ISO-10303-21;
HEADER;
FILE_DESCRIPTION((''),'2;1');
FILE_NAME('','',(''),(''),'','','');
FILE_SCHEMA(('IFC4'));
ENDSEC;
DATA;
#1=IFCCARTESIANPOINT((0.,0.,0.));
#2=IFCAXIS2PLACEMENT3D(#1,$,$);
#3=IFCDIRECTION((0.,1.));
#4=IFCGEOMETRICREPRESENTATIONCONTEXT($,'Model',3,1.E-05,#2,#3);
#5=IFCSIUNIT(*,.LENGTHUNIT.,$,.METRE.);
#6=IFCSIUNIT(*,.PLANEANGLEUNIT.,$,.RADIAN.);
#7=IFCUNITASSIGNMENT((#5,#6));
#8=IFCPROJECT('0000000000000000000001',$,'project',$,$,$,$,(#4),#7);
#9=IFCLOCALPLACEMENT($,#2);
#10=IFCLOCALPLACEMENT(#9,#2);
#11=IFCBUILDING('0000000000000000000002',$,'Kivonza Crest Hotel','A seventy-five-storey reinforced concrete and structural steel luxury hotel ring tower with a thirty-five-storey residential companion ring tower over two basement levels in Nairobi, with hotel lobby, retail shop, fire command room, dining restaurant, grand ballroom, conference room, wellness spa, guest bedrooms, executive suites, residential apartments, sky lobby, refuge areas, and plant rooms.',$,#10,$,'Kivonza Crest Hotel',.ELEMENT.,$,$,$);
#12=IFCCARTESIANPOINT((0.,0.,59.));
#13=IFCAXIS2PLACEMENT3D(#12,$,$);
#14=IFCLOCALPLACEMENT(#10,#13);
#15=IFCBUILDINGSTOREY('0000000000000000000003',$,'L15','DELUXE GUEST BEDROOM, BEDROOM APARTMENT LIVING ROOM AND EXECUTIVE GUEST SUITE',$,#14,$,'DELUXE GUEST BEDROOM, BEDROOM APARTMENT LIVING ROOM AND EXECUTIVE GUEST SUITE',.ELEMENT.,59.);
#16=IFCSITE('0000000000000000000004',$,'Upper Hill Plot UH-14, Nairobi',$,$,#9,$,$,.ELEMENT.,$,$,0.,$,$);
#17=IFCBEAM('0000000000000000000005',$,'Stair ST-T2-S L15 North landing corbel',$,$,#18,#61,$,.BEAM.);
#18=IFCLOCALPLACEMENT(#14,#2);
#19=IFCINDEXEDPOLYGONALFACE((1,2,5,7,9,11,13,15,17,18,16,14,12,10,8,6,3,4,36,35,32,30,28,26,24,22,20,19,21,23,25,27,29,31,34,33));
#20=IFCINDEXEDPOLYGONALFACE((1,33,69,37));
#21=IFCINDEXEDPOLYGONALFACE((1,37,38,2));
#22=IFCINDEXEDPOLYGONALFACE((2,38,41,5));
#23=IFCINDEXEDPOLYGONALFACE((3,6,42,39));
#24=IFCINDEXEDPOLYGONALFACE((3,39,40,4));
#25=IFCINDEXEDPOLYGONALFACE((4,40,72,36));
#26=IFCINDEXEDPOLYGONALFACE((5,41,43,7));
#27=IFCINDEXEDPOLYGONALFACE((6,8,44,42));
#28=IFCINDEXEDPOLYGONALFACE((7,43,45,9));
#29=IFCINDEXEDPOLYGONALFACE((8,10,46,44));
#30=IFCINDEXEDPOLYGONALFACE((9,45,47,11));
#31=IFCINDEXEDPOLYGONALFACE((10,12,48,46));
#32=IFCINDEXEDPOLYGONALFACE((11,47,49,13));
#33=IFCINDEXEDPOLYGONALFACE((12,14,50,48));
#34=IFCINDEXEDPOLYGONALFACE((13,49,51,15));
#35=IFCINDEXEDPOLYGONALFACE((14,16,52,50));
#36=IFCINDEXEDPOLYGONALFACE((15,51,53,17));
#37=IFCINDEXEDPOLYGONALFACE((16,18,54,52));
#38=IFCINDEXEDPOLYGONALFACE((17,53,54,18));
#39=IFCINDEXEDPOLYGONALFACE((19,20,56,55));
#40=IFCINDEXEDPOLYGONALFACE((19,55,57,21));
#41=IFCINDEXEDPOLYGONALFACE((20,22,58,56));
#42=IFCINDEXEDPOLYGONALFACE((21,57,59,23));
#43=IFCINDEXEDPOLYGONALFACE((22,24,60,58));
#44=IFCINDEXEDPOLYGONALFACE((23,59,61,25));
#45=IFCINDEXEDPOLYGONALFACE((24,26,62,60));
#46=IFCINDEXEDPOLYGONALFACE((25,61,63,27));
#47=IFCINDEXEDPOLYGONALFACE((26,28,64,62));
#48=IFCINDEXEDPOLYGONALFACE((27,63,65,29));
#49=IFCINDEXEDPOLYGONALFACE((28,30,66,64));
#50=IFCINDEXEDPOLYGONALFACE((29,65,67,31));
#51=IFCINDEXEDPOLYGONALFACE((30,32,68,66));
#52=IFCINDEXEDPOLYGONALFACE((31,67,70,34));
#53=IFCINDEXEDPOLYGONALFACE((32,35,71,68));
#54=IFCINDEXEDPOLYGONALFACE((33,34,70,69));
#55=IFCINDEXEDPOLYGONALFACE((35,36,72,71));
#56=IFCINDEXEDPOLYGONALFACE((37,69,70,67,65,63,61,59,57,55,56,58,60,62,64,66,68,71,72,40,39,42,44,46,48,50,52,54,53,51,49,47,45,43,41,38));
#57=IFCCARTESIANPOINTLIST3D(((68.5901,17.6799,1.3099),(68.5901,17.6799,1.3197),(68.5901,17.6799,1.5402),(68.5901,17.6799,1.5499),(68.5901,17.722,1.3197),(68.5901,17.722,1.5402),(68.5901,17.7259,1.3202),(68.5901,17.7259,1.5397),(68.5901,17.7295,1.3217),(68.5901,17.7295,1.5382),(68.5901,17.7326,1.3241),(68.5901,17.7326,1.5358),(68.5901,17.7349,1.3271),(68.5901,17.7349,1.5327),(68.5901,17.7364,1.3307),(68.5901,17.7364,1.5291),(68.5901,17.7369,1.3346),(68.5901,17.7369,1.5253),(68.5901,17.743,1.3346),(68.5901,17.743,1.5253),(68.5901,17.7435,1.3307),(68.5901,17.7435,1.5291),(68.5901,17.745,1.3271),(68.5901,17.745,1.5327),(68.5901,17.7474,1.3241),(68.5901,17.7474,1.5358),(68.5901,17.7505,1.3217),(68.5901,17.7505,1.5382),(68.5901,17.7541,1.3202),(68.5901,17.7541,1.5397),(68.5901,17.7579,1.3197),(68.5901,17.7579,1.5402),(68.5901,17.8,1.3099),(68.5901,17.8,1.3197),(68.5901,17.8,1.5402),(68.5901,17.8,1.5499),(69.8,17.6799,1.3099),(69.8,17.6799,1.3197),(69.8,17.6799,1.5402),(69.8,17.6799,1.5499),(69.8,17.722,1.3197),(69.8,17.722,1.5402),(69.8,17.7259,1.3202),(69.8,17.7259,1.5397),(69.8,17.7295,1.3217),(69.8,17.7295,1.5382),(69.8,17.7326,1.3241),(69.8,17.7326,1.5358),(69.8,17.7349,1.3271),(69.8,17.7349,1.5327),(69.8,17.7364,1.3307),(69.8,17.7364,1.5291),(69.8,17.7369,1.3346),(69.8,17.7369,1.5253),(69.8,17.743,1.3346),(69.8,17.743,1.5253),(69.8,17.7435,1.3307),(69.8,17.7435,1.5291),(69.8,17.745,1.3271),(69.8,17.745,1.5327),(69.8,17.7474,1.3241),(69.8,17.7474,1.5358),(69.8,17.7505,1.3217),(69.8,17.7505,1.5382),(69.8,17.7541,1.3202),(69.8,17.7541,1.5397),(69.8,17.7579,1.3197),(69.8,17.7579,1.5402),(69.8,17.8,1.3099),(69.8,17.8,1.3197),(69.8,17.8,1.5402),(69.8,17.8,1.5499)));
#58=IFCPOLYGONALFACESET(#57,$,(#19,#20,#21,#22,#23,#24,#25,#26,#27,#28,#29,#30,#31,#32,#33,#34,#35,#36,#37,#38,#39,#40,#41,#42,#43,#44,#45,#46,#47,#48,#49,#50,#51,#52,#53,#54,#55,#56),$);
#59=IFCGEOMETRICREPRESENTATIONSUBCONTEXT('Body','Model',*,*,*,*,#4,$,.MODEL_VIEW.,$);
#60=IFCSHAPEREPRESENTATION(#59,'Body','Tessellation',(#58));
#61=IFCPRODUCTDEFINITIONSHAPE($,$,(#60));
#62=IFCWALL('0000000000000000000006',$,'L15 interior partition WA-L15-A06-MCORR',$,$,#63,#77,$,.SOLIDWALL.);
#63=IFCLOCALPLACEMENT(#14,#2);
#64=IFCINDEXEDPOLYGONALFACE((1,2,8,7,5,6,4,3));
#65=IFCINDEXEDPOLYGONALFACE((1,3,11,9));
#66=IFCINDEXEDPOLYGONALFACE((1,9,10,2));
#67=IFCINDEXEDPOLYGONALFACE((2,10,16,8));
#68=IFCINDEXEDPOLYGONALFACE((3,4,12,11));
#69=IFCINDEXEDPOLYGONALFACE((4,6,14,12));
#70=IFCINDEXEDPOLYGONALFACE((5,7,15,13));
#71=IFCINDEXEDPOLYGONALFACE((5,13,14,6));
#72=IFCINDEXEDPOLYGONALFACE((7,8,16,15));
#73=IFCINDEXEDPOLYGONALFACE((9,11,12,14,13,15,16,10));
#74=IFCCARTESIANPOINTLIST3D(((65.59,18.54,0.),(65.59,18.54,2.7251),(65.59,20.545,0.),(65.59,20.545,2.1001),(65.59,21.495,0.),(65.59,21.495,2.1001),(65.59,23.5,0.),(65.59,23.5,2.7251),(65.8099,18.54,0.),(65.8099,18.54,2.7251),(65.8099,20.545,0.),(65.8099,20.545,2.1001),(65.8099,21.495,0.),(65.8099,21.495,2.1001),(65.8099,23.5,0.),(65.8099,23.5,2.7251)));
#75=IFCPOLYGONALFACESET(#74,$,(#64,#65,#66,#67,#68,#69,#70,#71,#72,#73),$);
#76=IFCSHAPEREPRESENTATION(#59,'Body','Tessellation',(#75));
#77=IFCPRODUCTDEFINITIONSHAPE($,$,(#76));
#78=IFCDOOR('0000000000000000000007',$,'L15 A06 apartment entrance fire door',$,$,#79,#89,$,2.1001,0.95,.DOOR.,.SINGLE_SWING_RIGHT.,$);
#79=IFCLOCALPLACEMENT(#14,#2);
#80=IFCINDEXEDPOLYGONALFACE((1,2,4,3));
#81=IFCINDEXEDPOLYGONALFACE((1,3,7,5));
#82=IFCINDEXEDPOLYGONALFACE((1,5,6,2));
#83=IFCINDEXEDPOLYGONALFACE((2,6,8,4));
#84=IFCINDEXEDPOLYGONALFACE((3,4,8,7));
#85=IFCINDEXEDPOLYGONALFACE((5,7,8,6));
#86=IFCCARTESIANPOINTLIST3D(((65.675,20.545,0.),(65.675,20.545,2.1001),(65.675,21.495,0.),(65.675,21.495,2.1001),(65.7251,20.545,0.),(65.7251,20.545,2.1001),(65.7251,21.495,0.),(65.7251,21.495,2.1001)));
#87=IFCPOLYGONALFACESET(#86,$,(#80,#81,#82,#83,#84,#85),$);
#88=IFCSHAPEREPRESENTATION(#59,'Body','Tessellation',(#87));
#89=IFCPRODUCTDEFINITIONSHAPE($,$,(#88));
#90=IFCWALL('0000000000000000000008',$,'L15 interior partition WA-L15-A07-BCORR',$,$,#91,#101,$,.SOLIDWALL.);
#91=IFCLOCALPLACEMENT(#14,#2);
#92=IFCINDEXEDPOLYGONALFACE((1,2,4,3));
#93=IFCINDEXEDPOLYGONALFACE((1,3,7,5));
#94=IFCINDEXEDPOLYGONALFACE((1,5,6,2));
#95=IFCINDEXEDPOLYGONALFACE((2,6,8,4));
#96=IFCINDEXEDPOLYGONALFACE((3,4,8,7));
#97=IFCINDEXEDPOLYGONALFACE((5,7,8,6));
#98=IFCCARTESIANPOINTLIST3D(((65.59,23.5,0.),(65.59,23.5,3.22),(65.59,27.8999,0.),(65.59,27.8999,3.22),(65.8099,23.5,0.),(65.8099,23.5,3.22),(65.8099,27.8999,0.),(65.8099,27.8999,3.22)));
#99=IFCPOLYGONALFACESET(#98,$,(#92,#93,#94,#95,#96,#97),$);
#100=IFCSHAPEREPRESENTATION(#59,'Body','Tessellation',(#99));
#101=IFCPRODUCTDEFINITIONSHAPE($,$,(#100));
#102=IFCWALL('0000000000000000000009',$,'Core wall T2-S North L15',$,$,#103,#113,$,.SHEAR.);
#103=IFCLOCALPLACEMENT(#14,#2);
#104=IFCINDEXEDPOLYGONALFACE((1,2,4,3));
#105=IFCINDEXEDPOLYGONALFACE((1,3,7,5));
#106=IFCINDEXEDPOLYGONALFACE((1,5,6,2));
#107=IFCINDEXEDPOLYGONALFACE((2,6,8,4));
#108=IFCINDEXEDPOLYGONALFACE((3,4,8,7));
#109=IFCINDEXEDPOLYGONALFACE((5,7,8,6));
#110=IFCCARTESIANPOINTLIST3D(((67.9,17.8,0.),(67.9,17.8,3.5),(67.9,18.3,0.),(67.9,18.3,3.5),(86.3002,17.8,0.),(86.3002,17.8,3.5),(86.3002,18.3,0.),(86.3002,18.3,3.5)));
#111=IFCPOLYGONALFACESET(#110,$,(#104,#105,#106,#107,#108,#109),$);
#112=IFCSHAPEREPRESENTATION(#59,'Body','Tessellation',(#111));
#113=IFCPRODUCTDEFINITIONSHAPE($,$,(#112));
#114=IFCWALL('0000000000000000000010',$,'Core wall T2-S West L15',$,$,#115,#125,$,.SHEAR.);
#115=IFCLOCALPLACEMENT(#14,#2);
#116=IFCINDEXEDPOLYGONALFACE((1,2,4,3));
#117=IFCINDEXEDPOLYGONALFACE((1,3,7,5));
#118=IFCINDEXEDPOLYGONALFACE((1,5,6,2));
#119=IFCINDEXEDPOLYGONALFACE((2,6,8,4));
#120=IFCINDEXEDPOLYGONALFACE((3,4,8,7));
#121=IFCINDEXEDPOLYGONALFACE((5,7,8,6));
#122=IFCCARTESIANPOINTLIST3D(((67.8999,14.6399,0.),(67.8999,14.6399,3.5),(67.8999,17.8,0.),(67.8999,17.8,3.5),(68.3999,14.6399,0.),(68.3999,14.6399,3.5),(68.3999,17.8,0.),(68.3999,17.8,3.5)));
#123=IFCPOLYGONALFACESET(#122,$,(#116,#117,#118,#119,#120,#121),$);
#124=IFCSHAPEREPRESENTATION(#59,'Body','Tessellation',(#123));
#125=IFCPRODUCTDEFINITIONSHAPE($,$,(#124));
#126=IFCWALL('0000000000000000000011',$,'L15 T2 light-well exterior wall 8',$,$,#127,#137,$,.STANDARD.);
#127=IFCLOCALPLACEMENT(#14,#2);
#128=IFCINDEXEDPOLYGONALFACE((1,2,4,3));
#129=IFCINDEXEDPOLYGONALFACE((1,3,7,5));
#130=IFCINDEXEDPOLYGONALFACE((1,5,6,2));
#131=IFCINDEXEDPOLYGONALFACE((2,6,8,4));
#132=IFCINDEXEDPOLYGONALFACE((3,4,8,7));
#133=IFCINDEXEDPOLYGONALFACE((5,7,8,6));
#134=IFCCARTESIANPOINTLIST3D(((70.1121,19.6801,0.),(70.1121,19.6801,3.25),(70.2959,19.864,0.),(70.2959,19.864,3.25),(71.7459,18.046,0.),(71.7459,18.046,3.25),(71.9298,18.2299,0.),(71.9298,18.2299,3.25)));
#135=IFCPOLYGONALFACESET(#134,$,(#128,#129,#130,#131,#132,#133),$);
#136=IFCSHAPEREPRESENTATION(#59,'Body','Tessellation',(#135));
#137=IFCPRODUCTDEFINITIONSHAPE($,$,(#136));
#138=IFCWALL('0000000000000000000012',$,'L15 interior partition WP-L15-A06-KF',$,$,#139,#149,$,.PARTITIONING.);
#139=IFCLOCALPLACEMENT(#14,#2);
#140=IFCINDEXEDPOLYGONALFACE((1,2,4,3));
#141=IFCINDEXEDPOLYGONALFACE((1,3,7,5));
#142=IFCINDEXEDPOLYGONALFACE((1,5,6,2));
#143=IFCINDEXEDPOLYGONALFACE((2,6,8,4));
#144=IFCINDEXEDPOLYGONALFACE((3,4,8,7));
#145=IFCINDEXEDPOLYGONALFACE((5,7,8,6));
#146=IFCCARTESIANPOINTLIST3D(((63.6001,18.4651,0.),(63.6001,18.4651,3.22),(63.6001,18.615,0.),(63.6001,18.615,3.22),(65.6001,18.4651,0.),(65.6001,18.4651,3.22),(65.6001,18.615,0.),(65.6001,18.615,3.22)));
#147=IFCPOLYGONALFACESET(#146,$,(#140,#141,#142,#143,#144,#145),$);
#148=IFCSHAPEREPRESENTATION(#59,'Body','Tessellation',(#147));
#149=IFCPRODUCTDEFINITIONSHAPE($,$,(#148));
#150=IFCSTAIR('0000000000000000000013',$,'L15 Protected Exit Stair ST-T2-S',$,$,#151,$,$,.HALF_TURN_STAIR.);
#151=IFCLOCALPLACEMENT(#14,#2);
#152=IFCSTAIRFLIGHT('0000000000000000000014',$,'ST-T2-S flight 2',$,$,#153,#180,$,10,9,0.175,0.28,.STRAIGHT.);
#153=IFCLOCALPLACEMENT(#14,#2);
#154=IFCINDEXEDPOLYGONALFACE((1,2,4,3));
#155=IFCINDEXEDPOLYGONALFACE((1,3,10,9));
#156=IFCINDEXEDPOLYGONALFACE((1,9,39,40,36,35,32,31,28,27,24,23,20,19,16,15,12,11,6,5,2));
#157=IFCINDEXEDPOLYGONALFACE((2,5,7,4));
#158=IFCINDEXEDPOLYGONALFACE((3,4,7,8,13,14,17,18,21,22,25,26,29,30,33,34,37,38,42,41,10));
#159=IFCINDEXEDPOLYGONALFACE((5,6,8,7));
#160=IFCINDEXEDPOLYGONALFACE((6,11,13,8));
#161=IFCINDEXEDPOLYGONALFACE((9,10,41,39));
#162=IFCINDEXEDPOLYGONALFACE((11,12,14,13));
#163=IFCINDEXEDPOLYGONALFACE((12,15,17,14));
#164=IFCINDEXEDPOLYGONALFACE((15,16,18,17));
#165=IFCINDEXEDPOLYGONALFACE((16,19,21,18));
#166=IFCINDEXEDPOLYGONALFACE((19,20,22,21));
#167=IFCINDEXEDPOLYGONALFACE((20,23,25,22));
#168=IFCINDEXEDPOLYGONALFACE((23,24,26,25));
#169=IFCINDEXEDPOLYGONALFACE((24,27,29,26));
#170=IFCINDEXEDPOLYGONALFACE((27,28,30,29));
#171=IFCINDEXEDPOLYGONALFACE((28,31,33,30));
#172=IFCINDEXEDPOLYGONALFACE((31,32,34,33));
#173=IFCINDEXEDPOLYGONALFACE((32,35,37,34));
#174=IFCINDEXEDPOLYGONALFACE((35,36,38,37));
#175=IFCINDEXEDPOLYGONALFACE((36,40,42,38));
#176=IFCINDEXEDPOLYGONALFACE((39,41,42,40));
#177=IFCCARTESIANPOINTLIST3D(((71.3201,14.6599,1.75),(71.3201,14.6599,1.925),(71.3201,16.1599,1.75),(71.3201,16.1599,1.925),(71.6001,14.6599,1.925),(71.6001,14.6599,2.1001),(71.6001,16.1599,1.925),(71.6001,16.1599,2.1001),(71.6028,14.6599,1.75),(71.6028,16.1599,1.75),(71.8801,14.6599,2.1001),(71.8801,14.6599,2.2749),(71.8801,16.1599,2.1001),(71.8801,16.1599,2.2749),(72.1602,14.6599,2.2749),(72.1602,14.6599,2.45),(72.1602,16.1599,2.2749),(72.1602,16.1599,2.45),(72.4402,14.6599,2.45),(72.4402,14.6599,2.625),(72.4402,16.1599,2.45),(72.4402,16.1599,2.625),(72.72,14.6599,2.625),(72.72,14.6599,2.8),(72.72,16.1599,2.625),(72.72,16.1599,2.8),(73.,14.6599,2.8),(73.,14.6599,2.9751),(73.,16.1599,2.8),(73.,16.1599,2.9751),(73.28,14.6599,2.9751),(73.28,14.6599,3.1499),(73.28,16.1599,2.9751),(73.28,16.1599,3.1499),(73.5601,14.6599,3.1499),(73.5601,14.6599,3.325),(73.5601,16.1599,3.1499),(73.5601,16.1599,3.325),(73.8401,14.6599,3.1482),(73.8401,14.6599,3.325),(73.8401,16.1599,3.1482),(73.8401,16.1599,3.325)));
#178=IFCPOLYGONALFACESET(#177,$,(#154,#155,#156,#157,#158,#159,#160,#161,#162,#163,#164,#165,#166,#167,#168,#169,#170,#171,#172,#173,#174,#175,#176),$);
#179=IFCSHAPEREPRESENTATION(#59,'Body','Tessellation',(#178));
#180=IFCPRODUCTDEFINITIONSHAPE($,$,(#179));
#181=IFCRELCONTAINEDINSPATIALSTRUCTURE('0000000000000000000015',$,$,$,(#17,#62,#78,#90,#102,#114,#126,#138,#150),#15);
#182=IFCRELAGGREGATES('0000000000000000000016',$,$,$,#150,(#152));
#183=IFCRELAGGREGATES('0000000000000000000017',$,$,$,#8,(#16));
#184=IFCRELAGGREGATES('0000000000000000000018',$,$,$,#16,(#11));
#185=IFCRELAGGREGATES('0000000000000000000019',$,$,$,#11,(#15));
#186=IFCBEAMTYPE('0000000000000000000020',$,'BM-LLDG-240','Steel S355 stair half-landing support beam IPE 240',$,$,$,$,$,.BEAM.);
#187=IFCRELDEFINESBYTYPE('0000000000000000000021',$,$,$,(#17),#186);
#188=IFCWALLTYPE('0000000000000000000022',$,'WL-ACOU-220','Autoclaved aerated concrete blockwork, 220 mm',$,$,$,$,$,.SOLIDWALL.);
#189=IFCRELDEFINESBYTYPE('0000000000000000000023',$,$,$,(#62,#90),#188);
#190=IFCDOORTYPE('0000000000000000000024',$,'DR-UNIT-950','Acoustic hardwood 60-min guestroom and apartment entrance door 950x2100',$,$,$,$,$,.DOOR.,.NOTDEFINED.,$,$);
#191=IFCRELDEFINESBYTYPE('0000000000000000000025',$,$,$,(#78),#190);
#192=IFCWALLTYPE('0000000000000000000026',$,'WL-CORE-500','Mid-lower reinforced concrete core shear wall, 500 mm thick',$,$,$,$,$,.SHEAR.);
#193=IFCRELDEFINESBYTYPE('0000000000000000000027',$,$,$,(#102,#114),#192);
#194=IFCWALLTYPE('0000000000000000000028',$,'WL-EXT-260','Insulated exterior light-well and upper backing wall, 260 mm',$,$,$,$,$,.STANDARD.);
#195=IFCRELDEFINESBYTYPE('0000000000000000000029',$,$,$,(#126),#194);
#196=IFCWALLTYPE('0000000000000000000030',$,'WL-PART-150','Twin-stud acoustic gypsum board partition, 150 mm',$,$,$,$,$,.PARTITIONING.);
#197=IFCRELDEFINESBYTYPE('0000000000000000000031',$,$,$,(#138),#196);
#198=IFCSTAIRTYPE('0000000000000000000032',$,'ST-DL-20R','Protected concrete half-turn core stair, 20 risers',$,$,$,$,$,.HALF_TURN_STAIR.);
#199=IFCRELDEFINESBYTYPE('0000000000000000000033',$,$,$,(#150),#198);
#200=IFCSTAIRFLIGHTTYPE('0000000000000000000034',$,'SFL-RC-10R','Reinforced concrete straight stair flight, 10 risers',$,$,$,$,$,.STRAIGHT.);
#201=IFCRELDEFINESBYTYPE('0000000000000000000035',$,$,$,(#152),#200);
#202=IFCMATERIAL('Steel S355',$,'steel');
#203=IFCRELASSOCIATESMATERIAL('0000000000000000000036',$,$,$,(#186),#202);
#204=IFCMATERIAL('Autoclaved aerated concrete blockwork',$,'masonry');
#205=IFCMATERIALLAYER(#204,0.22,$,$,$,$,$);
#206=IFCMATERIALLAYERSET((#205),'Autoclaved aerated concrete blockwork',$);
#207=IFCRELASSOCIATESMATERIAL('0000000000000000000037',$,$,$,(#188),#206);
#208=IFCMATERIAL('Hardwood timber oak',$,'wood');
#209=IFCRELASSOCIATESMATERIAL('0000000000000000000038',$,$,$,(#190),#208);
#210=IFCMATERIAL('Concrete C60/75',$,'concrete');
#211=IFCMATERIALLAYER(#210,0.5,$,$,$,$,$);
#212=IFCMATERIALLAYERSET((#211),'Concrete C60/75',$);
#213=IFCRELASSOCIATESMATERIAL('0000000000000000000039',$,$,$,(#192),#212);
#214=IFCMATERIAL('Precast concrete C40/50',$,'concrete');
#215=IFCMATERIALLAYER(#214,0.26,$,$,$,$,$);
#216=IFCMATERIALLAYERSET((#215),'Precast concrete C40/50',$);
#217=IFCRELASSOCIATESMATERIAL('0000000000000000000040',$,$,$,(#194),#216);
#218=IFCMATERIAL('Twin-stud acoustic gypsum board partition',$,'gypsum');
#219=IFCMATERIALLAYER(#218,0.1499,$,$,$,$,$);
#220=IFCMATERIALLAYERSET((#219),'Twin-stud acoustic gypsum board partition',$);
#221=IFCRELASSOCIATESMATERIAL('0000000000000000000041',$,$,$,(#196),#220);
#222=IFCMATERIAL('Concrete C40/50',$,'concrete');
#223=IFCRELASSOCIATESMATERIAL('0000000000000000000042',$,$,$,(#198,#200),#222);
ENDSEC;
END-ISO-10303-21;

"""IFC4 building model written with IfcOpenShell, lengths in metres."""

from ifc_helpers import new_model, si_unit, direction, frame, frame_2d, origin, origin_2d, place, context, subcontext, project, spatial, polyline, rectangle, i_section, outline, extrude, material, layer, layer_set, material_profile, profile_set, type_object, element, fill, aggregate, save


model = new_model("IFC4")

# Units and contexts
model_context = context("Model", 3, precision=1e-05, world=origin(), true_north=direction((0.0, 1.0)))
body_context = subcontext(model_context, "Body", "Model", "MODEL_VIEW")
ifc_project = project(units=[si_unit("LENGTHUNIT", "METRE"), si_unit("PLANEANGLEUNIT", "RADIAN")], contexts=[model_context])

# Site, building, storey
site_placement = place(None, origin())
site = spatial("IfcSite", under=ifc_project, at=site_placement, Name="Upper Hill Plot UH-14, Nairobi", CompositionType="ELEMENT", RefElevation=0.0)
building_placement = place(site_placement, origin())
building = spatial("IfcBuilding", under=site, at=building_placement, Name="Kivonza Crest Hotel", Description="A seventy-five-storey reinforced concrete and structural steel luxury hotel ring tower with a thirty-five-storey residential companion ring tower over two basement levels in Nairobi, with hotel lobby, retail shop, fire command room, dining restaurant, grand ballroom, conference room, wellness spa, guest bedrooms, executive suites, residential apartments, sky lobby, refuge areas, and plant rooms.", LongName="Kivonza Crest Hotel", CompositionType="ELEMENT")
storey_placement = place(building_placement, frame((0.0, 0.0, 59.0)))
storey = spatial("IfcBuildingStorey", under=building, at=storey_placement, Name="L15", Description="DELUXE GUEST BEDROOM, BEDROOM APARTMENT LIVING ROOM AND EXECUTIVE GUEST SUITE", LongName="DELUXE GUEST BEDROOM, BEDROOM APARTMENT LIVING ROOM AND EXECUTIVE GUEST SUITE", CompositionType="ELEMENT", Elevation=59.0)

# Beam
ifc_material_1 = material(Name="Steel S355", Category="steel")
ifc_material_profile_1 = material_profile(ifc_material_1, i_section(OverallWidth=0.1201, OverallDepth=0.24, WebThickness=0.0061, FlangeThickness=0.0098, FilletRadius=0.0149, at=origin_2d()), Name="IPE 240")
ifc_profile_set_1 = profile_set([ifc_material_profile_1], Name="Steel S355")
beam_type_1 = type_object("IfcBeamType", Name="BM-LLDG-240", Description="Steel S355 stair half-landing support beam IPE 240", PredefinedType="BEAM", material=ifc_profile_set_1)
for number, where, z_axis, x_axis, name in (
    (1, (68.5901, 17.74, 1.4299), (1.0, 0.0, 0.0), (0.0, 1.0, 0.0), "Stair ST-T2-S L15 North landing corbel"),
):
    element("IfcBeam", number, at=place(storey_placement, frame(where, z_axis=z_axis, x_axis=x_axis)), inside=storey, type_object=beam_type_1, Name=name, PredefinedType="BEAM", context=body_context, shape_type="SweptSolid", body=[
        extrude(i_section(OverallWidth=0.1201, OverallDepth=0.24, WebThickness=0.0061, FlangeThickness=0.0098, FilletRadius=0.0149, at=origin_2d()), origin(), (0.0, 0.0, 1.0), 1.21),
    ])

# Wall, opening, door
ifc_material_2 = material(Name="Autoclaved aerated concrete blockwork", Category="masonry")
ifc_layer_1 = layer(ifc_material_2, 0.22)
ifc_layer_set_1 = layer_set([ifc_layer_1], Name="Autoclaved aerated concrete blockwork")
wall_type_1 = type_object("IfcWallType", Name="WL-ACOU-220", Description="Autoclaved aerated concrete blockwork, 220 mm", PredefinedType="SOLIDWALL", material=ifc_layer_set_1)
wall_1_placement = place(storey_placement, frame((65.7, 18.54, 0.0), z_axis=(0.0, 0.0, 1.0), x_axis=(0.0, 1.0, 0.0)))
wall_1 = element("IfcWall", 2, at=wall_1_placement, inside=storey, type_object=wall_type_1, Name="L15 interior partition WA-L15-A06-MCORR", PredefinedType="SOLIDWALL", context=body_context, shape_type="SweptSolid", body=[
    extrude(rectangle(XDim=4.96, YDim=0.22, at=frame_2d((2.48, 0.0))), origin(), (0.0, 0.0, 1.0), 2.7251),
])
opening_1_placement = place(wall_1_placement, frame((2.0049, 0.0, 0.0)))
opening_1 = element("IfcOpeningElement", 3, at=opening_1_placement, cuts=wall_1, PredefinedType="OPENING", context=body_context, shape_type="SweptSolid", body=[
    extrude(rectangle(XDim=0.95, YDim=2.1001, at=frame_2d((0.4751, 1.05))), frame((0.0, 0.1201, 0.0), z_axis=(0.0, -1.0, 0.0), x_axis=(1.0, 0.0, 0.0)), (0.0, 0.0, 1.0), 0.24),
])
ifc_material_3 = material(Name="Hardwood timber oak", Category="wood")
door_type_1 = type_object("IfcDoorType", Name="DR-UNIT-950", Description="Acoustic hardwood 60-min guestroom and apartment entrance door 950x2100", OperationType="NOTDEFINED", PredefinedType="DOOR", material=ifc_material_3)
door_1_placement = place(opening_1_placement, origin())
door_1 = element("IfcDoor", 4, at=door_1_placement, inside=storey, type_object=door_type_1, Name="L15 A06 apartment entrance fire door", OperationType="SINGLE_SWING_RIGHT", OverallHeight=2.1001, OverallWidth=0.95, PredefinedType="DOOR", context=body_context, shape_type="SweptSolid", body=[
    extrude(rectangle(XDim=0.95, YDim=2.1001, at=frame_2d((0.4751, 1.05))), frame((0.0, 0.0249, 0.0), z_axis=(0.0, -1.0, 0.0), x_axis=(1.0, 0.0, 0.0)), (0.0, 0.0, 1.0), 0.05),
])
fill(opening_1, door_1)

# Wall
wall_2_placement = place(storey_placement, frame((65.7, 23.5, 0.0), z_axis=(0.0, 0.0, 1.0), x_axis=(0.0, 1.0, 0.0)))
element("IfcWall", 5, at=wall_2_placement, inside=storey, type_object=wall_type_1, Name="L15 interior partition WA-L15-A07-BCORR", PredefinedType="SOLIDWALL", context=body_context, shape_type="SweptSolid", body=[
    extrude(rectangle(XDim=4.3999, YDim=0.22, at=frame_2d((2.2, 0.0))), origin(), (0.0, 0.0, 1.0), 3.22),
])

# Shared definitions
ifc_material_4 = material(Name="Concrete C60/75", Category="concrete")
ifc_layer_2 = layer(ifc_material_4, 0.5)
ifc_layer_set_2 = layer_set([ifc_layer_2], Name="Concrete C60/75")
wall_type_2 = type_object("IfcWallType", Name="WL-CORE-500", Description="Mid-lower reinforced concrete core shear wall, 500 mm thick", PredefinedType="SHEAR", material=ifc_layer_set_2)

# Walls
wall_3_placement = place(storey_placement, frame((67.8999, 18.05, 0.0), z_axis=(0.0, 0.0, 1.0), x_axis=(1.0, 0.0, 0.0)))
element("IfcWall", 6, at=wall_3_placement, inside=storey, type_object=wall_type_2, Name="Core wall T2-S North L15", PredefinedType="SHEAR", context=body_context, shape_type="SweptSolid", body=[
    extrude(rectangle(XDim=18.4001, YDim=0.5, at=frame_2d((9.2002, 0.0))), origin(), (0.0, 0.0, 1.0), 3.5),
])
wall_4_placement = place(storey_placement, frame((68.1499, 14.6399, 0.0), z_axis=(0.0, 0.0, 1.0), x_axis=(0.0, 1.0, 0.0)))
element("IfcWall", 7, at=wall_4_placement, inside=storey, type_object=wall_type_2, Name="Core wall T2-S West L15", PredefinedType="SHEAR", context=body_context, shape_type="SweptSolid", body=[
    extrude(rectangle(XDim=3.1602, YDim=0.5, at=frame_2d((1.5801, 0.0))), origin(), (0.0, 0.0, 1.0), 3.5),
])
ifc_material_5 = material(Name="Precast concrete C40/50", Category="concrete")
ifc_layer_3 = layer(ifc_material_5, 0.26)
ifc_layer_set_3 = layer_set([ifc_layer_3], Name="Precast concrete C40/50")
wall_type_3 = type_object("IfcWallType", Name="WL-EXT-260", Description="Insulated exterior light-well and upper backing wall, 260 mm", PredefinedType="STANDARD", material=ifc_layer_set_3)
wall_5_placement = place(storey_placement, frame((70.2041, 19.772, 0.0), z_axis=(0.0, 0.0, 1.0), x_axis=(0.707054, -0.70716, 0.0)))
element("IfcWall", 8, at=wall_5_placement, inside=storey, type_object=wall_type_3, Name="L15 T2 light-well exterior wall 8", PredefinedType="STANDARD", context=body_context, shape_type="SweptSolid", body=[
    extrude(rectangle(XDim=2.3108, YDim=0.26, at=frame_2d((1.1553, 0.0))), origin(), (0.0, 0.0, 1.0), 3.25),
])
ifc_material_6 = material(Name="Twin-stud acoustic gypsum board partition", Category="gypsum")
ifc_layer_4 = layer(ifc_material_6, 0.1499)
ifc_layer_set_4 = layer_set([ifc_layer_4], Name="Twin-stud acoustic gypsum board partition")
wall_type_4 = type_object("IfcWallType", Name="WL-PART-150", Description="Twin-stud acoustic gypsum board partition, 150 mm", PredefinedType="PARTITIONING", material=ifc_layer_set_4)
wall_6_placement = place(storey_placement, frame((63.6001, 18.54, 0.0), z_axis=(0.0, 0.0, 1.0), x_axis=(1.0, 0.0, 0.0)))
element("IfcWall", 9, at=wall_6_placement, inside=storey, type_object=wall_type_4, Name="L15 interior partition WP-L15-A06-KF", PredefinedType="PARTITIONING", context=body_context, shape_type="SweptSolid", body=[
    extrude(rectangle(XDim=2.0, YDim=0.1499, at=frame_2d((1.0, 0.0))), origin(), (0.0, 0.0, 1.0), 3.22),
])

# Stair, stair flight
ifc_material_7 = material(Name="Concrete C40/50", Category="concrete")
stair_type = type_object("IfcStairType", Name="ST-DL-20R", Description="Protected concrete half-turn core stair, 20 risers", PredefinedType="HALF_TURN_STAIR", material=ifc_material_7)
stair_placement = place(storey_placement, origin())
stair = element("IfcStair", 10, at=stair_placement, inside=storey, type_object=stair_type, Name="L15 Protected Exit Stair ST-T2-S", PredefinedType="HALF_TURN_STAIR")
stair_flight_type = type_object("IfcStairFlightType", Name="SFL-RC-10R", Description="Reinforced concrete straight stair flight, 10 risers", PredefinedType="STRAIGHT", material=ifc_material_7)
stair_flight_placement = place(storey_placement, frame((71.3201, 15.4099, 1.75), z_axis=(0.0, 0.0, 1.0), x_axis=(1.0, 0.0, 0.0)))
stair_flight = element("IfcStairFlight", 11, at=stair_flight_placement, type_object=stair_flight_type, Name="ST-T2-S flight 2", NumberOfRisers=10, NumberOfTreads=9, PredefinedType="STRAIGHT", RiserHeight=0.175, TreadLength=0.28, context=body_context, shape_type="SweptSolid", body=[
    extrude(outline(polyline([(0.0, 0.0), (0.0, 0.175), (0.28, 0.175), (0.28, 0.3501), (0.5601, 0.3501), (0.5601, 0.5249), (0.8401, 0.5249), (0.8401, 0.7), (1.1201, 0.7), (1.1201, 0.875), (1.3999, 0.875), (1.3999, 1.05), (1.6799, 1.05), (1.6799, 1.2251), (1.96, 1.2251), (1.96, 1.3999), (2.24, 1.3999), (2.24, 1.575), (2.52, 1.575), (2.52, 1.75), (2.52, 1.3982), (0.2827, 0.0), (0.0, 0.0)])), frame((0.0, 0.75, 0.0), z_axis=(0.0, -1.0, 0.0), x_axis=(1.0, 0.0, 0.0)), (0.0, 0.0, 1.0), 1.5),
])
aggregate(stair, [stair_flight])

save(model, "model.ifc")
